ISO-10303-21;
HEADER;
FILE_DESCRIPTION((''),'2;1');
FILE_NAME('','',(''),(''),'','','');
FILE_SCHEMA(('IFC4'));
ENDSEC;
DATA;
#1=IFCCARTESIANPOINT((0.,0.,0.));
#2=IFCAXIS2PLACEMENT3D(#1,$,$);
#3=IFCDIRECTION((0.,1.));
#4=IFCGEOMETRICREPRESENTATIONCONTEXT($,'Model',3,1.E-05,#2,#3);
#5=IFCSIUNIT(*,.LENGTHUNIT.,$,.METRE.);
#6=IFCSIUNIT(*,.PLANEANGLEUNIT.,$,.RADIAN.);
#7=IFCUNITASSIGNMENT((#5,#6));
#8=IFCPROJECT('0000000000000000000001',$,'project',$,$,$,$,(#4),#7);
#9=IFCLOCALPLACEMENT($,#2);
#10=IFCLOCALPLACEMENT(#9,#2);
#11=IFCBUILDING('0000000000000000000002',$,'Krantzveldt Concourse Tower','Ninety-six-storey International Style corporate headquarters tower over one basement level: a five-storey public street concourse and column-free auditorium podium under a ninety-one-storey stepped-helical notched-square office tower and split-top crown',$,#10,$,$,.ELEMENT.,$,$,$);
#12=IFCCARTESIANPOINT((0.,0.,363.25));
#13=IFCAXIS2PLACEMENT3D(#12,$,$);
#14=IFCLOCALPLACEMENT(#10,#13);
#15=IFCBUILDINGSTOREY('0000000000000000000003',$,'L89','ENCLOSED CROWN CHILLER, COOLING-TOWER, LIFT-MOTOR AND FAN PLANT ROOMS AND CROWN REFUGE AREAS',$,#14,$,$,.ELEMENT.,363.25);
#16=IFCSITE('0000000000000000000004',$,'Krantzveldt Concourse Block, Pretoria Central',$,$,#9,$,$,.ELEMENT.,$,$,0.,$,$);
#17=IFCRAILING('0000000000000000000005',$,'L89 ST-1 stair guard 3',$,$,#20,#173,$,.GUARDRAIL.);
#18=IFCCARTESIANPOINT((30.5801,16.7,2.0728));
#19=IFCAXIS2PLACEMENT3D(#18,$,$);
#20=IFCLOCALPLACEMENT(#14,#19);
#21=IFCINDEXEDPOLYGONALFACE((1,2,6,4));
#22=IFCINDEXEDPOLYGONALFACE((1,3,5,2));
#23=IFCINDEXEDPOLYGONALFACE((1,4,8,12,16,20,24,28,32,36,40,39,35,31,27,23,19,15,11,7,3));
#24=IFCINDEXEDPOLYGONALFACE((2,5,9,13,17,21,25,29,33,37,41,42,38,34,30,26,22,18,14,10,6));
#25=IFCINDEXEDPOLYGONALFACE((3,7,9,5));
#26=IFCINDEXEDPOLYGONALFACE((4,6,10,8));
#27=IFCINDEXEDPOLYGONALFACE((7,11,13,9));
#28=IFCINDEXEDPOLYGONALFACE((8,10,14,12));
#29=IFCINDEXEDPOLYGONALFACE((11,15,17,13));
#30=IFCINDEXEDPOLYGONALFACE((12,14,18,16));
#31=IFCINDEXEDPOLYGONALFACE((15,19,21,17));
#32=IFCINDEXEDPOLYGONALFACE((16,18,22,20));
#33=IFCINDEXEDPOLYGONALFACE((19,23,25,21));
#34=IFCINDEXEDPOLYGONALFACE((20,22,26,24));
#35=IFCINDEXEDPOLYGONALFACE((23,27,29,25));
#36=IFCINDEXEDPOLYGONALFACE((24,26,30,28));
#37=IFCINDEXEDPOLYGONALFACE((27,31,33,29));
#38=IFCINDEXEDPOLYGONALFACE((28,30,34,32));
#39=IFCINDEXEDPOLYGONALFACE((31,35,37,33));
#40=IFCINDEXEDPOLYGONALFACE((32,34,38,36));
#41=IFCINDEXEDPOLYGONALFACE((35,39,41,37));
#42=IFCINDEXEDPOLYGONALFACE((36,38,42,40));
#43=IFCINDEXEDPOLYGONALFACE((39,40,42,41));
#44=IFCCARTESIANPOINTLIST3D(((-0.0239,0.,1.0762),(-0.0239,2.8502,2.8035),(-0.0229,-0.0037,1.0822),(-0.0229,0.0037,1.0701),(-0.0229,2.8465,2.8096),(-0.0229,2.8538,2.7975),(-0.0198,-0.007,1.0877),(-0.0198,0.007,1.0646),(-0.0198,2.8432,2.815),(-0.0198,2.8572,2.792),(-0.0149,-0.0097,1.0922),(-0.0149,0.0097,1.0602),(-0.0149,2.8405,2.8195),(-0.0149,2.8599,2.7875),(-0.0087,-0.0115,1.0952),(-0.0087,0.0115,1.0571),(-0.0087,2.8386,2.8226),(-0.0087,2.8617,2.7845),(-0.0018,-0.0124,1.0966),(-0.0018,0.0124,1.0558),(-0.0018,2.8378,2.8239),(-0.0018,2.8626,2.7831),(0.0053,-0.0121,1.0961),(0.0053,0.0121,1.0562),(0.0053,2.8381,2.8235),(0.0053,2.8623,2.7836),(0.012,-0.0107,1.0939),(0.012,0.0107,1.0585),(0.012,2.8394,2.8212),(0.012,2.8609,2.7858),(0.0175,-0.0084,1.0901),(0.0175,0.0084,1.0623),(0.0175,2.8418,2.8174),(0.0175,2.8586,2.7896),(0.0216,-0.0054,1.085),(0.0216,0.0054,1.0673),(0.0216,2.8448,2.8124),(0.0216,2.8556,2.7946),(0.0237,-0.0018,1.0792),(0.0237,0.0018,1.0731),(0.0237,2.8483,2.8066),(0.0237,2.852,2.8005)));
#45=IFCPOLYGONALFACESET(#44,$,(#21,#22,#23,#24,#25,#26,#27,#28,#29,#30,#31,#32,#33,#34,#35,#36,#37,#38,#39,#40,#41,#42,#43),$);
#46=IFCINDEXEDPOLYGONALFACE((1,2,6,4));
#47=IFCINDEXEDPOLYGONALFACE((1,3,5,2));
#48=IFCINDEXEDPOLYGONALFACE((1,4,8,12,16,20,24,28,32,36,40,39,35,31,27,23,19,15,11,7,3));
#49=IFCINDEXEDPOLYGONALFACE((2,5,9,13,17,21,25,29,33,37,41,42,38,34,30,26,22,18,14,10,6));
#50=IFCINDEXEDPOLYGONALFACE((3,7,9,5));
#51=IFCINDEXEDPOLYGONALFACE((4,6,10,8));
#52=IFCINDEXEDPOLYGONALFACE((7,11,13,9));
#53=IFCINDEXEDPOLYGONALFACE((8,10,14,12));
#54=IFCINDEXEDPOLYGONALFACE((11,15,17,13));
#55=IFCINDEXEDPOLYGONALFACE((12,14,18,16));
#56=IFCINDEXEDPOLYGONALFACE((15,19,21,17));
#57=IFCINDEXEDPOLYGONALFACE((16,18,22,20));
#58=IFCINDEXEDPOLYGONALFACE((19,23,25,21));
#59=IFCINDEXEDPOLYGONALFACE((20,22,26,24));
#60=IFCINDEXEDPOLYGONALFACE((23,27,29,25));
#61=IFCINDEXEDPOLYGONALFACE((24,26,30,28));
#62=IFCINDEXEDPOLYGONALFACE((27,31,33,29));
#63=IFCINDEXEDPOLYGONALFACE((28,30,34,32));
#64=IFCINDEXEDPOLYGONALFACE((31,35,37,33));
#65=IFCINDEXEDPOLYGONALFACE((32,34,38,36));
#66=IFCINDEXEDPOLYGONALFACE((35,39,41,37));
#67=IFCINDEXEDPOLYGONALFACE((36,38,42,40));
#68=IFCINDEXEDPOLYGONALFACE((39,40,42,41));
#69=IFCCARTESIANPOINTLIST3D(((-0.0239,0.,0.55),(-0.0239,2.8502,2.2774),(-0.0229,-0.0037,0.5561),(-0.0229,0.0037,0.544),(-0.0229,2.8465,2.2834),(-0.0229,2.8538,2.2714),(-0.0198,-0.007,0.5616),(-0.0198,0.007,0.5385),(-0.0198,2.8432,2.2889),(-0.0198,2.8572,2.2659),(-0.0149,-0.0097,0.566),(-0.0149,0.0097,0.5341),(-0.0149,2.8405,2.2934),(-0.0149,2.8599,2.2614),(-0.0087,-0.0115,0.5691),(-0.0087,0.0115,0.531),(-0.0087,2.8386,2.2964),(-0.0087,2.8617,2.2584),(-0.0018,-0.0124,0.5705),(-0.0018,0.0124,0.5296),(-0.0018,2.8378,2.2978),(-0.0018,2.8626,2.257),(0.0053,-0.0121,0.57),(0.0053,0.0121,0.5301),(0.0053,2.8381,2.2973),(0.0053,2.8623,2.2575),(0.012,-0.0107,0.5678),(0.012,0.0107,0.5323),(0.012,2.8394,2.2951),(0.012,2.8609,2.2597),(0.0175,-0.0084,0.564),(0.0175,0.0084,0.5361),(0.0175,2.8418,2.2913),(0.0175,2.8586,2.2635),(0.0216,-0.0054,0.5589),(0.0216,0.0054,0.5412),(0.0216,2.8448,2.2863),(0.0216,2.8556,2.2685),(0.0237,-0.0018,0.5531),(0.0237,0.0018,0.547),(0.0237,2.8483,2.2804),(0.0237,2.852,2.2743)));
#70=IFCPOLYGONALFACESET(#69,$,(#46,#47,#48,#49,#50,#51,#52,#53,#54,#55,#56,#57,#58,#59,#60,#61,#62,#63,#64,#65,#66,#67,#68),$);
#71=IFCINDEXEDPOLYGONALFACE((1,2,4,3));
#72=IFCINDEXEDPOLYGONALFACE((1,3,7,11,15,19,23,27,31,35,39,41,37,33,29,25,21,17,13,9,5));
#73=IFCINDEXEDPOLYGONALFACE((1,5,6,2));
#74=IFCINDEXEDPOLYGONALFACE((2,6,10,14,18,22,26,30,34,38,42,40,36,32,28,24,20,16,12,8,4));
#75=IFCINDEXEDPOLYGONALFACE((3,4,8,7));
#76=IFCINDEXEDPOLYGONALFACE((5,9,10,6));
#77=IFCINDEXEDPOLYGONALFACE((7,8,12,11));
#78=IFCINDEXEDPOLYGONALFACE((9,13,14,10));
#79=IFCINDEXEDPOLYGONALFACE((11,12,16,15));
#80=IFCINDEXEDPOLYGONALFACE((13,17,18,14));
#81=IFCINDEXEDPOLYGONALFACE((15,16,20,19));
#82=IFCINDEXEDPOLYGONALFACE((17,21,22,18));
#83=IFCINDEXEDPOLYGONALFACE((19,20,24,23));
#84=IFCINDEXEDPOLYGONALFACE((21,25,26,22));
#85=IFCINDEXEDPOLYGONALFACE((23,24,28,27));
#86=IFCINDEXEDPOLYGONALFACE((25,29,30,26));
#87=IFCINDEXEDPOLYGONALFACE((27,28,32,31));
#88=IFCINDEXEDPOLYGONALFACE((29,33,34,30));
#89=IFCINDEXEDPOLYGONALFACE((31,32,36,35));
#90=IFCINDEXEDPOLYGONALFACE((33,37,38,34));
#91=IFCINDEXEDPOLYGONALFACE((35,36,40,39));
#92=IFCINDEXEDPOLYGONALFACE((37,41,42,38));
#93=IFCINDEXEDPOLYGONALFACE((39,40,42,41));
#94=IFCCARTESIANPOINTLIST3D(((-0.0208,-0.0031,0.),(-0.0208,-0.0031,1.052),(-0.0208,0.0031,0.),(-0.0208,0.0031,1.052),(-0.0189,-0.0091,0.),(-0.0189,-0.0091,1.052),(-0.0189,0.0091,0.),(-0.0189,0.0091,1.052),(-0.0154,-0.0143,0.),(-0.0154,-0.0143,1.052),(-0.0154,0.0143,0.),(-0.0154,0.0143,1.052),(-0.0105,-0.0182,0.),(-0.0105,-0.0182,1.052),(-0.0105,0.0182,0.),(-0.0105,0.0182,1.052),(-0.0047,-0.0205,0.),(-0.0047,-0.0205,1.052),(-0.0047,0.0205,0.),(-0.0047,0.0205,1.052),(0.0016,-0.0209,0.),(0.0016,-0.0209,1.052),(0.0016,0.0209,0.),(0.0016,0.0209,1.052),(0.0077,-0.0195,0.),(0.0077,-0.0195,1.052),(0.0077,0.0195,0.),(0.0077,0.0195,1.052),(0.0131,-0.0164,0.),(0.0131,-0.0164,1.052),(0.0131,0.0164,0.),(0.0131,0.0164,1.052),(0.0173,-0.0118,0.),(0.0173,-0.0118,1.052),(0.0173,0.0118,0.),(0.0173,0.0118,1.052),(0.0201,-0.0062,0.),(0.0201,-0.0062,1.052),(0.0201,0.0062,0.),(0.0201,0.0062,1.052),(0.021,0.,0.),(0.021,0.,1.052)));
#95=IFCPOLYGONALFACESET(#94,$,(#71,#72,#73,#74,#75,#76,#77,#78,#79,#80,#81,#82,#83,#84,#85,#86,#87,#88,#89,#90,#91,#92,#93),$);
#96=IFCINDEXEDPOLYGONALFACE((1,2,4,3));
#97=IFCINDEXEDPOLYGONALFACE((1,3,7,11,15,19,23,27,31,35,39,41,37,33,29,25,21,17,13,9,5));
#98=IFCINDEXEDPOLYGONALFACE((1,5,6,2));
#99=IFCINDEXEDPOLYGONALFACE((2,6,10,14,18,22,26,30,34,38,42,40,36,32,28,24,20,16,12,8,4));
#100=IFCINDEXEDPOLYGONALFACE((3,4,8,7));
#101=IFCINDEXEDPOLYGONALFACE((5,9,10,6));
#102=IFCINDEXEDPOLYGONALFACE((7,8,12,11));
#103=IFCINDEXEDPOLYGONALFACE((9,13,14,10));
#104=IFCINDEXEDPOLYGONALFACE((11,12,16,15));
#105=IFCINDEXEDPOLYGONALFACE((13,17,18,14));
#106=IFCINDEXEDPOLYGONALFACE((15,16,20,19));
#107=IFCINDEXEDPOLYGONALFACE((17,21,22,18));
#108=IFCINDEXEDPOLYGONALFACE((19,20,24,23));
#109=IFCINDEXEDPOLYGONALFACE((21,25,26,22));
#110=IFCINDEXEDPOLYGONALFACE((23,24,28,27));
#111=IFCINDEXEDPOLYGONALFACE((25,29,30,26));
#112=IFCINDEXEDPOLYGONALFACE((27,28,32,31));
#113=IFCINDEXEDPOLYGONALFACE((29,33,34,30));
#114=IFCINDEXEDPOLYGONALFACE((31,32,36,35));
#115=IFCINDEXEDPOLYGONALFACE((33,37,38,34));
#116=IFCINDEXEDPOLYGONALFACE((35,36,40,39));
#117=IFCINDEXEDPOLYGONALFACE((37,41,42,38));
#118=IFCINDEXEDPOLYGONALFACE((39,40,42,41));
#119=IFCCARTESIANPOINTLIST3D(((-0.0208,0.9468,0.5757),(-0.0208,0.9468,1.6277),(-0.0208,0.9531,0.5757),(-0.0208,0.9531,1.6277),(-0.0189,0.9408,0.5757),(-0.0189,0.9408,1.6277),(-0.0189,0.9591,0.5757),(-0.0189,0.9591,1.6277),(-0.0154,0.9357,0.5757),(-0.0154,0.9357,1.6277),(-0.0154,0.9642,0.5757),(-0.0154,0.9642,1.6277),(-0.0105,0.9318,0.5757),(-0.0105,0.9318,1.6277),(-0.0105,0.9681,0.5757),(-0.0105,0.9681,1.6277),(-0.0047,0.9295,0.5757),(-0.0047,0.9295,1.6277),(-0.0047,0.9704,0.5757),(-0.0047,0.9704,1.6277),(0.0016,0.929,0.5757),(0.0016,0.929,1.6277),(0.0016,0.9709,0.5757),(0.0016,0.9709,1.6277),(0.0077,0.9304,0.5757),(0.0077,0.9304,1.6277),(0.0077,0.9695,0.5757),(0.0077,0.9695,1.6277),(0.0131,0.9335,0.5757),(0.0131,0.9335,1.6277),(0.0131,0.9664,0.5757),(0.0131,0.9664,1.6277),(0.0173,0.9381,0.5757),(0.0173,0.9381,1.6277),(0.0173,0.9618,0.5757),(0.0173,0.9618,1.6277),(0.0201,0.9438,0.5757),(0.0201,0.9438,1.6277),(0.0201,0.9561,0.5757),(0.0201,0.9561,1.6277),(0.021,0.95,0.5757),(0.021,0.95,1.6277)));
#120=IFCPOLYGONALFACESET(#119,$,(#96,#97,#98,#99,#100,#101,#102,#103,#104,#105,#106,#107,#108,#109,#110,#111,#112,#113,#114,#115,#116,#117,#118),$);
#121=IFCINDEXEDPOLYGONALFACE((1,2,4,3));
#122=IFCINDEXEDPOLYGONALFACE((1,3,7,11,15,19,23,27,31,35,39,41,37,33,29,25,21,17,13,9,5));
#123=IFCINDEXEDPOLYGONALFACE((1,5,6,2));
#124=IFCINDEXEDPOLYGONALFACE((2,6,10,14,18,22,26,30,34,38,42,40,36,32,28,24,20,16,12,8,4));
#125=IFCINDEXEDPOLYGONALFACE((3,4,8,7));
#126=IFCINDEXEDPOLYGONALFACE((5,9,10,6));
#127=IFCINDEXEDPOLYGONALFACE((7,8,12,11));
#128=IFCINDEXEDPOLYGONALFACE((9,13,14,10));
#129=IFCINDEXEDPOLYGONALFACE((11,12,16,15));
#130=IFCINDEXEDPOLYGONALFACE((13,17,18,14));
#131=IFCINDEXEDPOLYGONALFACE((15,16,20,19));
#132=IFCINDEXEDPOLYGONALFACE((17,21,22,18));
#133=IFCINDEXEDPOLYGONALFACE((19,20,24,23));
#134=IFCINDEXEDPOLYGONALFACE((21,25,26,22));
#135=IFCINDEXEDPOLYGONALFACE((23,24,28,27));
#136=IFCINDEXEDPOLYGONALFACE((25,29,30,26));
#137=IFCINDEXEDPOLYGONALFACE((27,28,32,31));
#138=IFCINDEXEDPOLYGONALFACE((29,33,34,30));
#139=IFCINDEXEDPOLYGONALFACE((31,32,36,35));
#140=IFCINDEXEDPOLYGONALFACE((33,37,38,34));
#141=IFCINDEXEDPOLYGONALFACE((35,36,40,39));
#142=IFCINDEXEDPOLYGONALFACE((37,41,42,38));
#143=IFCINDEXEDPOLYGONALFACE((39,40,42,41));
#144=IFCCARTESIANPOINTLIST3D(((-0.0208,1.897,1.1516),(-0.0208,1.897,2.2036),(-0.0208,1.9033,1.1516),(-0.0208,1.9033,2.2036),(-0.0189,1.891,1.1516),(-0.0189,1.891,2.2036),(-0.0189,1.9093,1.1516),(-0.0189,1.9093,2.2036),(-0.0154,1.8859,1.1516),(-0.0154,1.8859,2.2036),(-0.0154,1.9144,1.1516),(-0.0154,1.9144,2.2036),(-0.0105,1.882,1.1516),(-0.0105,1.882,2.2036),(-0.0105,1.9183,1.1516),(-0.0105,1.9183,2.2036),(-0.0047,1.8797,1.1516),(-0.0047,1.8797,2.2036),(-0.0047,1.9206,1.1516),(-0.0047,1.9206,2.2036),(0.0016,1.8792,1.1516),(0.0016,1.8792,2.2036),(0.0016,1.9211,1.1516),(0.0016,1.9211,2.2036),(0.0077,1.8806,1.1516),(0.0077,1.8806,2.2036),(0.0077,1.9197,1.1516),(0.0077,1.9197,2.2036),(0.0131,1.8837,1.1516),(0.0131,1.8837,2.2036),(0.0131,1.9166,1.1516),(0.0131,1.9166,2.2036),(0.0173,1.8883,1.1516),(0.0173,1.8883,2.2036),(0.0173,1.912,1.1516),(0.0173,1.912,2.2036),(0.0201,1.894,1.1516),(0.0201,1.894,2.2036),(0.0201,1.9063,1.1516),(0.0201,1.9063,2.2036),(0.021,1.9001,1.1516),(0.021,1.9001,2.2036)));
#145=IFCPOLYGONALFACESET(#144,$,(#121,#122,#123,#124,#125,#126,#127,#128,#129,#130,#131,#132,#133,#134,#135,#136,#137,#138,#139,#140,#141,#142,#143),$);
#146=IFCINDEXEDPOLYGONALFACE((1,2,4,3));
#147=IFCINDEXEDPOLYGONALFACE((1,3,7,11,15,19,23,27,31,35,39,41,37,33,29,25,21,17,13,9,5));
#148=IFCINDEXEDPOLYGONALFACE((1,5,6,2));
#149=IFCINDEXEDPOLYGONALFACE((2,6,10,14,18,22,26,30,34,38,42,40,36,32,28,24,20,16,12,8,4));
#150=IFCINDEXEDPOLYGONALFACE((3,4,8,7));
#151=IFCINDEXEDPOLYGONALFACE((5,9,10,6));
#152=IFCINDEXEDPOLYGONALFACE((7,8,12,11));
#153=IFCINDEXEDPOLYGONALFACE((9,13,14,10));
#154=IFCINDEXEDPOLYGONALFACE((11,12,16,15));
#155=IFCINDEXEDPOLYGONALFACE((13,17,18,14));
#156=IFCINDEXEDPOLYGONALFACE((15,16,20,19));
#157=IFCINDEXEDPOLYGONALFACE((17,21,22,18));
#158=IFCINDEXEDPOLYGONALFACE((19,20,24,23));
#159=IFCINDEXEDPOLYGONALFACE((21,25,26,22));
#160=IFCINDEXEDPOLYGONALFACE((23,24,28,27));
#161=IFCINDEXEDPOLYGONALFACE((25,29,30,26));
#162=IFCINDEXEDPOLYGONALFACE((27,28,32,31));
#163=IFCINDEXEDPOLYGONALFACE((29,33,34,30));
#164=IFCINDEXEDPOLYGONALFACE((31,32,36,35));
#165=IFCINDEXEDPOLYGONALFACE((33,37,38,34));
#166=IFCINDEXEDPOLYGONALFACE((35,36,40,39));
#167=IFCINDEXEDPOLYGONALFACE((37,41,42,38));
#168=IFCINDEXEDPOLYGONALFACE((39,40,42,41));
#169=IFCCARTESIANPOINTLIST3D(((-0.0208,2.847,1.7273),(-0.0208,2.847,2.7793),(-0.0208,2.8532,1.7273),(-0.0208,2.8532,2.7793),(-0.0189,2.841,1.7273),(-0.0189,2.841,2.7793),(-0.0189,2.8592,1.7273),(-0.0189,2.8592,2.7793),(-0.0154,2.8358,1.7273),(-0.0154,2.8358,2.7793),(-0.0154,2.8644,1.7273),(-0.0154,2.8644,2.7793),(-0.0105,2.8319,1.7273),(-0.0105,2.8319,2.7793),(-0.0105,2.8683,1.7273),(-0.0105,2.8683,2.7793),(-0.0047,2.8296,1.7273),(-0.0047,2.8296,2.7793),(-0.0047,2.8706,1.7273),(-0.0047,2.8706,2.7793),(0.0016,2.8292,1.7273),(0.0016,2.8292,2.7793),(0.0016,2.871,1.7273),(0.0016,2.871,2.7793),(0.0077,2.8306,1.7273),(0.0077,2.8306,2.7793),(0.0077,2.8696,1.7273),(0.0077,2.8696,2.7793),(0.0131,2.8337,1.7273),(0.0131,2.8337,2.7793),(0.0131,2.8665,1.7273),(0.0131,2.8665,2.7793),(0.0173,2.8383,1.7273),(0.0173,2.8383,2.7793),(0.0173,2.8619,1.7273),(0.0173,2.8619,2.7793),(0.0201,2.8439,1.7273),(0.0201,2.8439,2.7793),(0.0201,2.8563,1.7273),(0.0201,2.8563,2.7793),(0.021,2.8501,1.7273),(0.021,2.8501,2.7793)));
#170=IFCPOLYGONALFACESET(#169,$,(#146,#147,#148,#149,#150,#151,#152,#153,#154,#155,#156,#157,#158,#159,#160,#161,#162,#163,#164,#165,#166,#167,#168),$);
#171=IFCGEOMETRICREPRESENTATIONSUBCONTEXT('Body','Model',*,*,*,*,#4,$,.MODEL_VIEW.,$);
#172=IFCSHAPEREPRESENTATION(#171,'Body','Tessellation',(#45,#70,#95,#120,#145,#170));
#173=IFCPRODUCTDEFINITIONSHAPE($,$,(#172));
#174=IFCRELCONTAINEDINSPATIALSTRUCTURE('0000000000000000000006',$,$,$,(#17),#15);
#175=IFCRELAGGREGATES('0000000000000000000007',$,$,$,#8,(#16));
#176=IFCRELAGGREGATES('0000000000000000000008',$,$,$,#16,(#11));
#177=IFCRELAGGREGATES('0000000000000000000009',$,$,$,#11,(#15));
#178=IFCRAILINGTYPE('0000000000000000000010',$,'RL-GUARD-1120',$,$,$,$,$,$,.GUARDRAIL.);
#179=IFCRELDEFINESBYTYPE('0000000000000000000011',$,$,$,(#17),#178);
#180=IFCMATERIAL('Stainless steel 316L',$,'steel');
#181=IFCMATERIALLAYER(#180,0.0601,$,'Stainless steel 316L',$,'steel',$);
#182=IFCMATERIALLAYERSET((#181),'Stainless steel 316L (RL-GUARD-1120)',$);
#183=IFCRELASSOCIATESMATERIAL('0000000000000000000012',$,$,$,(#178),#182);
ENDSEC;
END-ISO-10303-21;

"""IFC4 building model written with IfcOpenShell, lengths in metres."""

from ifc_helpers import new_model, si_unit, direction, frame, origin, origin_2d, place, context, subcontext, project, spatial, circle, extrude, material, layer, layer_set, type_object, element, save


model = new_model("IFC4")

# Units and contexts
model_context = context("Model", 3, precision=1e-05, world=origin(), true_north=direction((0.0, 1.0)))
body_context = subcontext(model_context, "Body", "Model", "MODEL_VIEW")
ifc_project = project(units=[si_unit("LENGTHUNIT", "METRE"), si_unit("PLANEANGLEUNIT", "RADIAN")], contexts=[model_context])

# Site, building, storey
site_placement = place(None, origin())
site = spatial("IfcSite", under=ifc_project, at=site_placement, Name="Krantzveldt Concourse Block, Pretoria Central", CompositionType="ELEMENT", RefElevation=0.0)
building_placement = place(site_placement, origin())
building = spatial("IfcBuilding", under=site, at=building_placement, Name="Krantzveldt Concourse Tower", Description="Ninety-six-storey International Style corporate headquarters tower over one basement level: a five-storey public street concourse and column-free auditorium podium under a ninety-one-storey stepped-helical notched-square office tower and split-top crown", CompositionType="ELEMENT")
storey_placement = place(building_placement, frame((0.0, 0.0, 363.25)))
storey = spatial("IfcBuildingStorey", under=building, at=storey_placement, Name="L89", Description="ENCLOSED CROWN CHILLER, COOLING-TOWER, LIFT-MOTOR AND FAN PLANT ROOMS AND CROWN REFUGE AREAS", CompositionType="ELEMENT", Elevation=363.25)

# Shared definitions
ifc_material_1 = material(Name="Stainless steel 316L", Category="steel")

# Railing
ifc_layer_1 = layer(ifc_material_1, 0.0601, Name="Stainless steel 316L", Category="steel")
ifc_layer_set_1 = layer_set([ifc_layer_1], Name="Stainless steel 316L (RL-GUARD-1120)")
railing_type_1 = type_object("IfcRailingType", Name="RL-GUARD-1120", PredefinedType="GUARDRAIL", material=ifc_layer_set_1)
railing_1_placement = place(storey_placement, frame((30.5801, 16.7, 2.0728)))
element("IfcRailing", 1, at=railing_1_placement, inside=storey, type_object=railing_type_1, Name="L89 ST-1 stair guard 3", PredefinedType="GUARDRAIL", context=body_context, shape_type="SweptSolid", body=[
    extrude(circle(Radius=0.0239, at=origin_2d()), frame((0.0, 0.0, 1.0762), z_axis=(0.0, 0.855203, 0.518294), x_axis=(-1.0, 0.0, 0.0)), (0.0, 0.0, 1.0), 3.3328),
    extrude(circle(Radius=0.0239, at=origin_2d()), frame((0.0, 0.0, 0.55), z_axis=(0.0, 0.855203, 0.518294), x_axis=(-1.0, 0.0, 0.0)), (0.0, 0.0, 1.0), 3.3328),
    extrude(circle(Radius=0.021, at=origin_2d()), origin(), (0.0, 0.0, 1.0), 1.052),
    extrude(circle(Radius=0.021, at=origin_2d()), frame((0.0, 0.95, 0.5757)), (0.0, 0.0, 1.0), 1.052),
    extrude(circle(Radius=0.021, at=origin_2d()), frame((0.0, 1.9001, 1.1516)), (0.0, 0.0, 1.0), 1.052),
    extrude(circle(Radius=0.021, at=origin_2d()), frame((0.0, 2.8501, 1.7273)), (0.0, 0.0, 1.0), 1.052),
])

save(model, "model.ifc")
